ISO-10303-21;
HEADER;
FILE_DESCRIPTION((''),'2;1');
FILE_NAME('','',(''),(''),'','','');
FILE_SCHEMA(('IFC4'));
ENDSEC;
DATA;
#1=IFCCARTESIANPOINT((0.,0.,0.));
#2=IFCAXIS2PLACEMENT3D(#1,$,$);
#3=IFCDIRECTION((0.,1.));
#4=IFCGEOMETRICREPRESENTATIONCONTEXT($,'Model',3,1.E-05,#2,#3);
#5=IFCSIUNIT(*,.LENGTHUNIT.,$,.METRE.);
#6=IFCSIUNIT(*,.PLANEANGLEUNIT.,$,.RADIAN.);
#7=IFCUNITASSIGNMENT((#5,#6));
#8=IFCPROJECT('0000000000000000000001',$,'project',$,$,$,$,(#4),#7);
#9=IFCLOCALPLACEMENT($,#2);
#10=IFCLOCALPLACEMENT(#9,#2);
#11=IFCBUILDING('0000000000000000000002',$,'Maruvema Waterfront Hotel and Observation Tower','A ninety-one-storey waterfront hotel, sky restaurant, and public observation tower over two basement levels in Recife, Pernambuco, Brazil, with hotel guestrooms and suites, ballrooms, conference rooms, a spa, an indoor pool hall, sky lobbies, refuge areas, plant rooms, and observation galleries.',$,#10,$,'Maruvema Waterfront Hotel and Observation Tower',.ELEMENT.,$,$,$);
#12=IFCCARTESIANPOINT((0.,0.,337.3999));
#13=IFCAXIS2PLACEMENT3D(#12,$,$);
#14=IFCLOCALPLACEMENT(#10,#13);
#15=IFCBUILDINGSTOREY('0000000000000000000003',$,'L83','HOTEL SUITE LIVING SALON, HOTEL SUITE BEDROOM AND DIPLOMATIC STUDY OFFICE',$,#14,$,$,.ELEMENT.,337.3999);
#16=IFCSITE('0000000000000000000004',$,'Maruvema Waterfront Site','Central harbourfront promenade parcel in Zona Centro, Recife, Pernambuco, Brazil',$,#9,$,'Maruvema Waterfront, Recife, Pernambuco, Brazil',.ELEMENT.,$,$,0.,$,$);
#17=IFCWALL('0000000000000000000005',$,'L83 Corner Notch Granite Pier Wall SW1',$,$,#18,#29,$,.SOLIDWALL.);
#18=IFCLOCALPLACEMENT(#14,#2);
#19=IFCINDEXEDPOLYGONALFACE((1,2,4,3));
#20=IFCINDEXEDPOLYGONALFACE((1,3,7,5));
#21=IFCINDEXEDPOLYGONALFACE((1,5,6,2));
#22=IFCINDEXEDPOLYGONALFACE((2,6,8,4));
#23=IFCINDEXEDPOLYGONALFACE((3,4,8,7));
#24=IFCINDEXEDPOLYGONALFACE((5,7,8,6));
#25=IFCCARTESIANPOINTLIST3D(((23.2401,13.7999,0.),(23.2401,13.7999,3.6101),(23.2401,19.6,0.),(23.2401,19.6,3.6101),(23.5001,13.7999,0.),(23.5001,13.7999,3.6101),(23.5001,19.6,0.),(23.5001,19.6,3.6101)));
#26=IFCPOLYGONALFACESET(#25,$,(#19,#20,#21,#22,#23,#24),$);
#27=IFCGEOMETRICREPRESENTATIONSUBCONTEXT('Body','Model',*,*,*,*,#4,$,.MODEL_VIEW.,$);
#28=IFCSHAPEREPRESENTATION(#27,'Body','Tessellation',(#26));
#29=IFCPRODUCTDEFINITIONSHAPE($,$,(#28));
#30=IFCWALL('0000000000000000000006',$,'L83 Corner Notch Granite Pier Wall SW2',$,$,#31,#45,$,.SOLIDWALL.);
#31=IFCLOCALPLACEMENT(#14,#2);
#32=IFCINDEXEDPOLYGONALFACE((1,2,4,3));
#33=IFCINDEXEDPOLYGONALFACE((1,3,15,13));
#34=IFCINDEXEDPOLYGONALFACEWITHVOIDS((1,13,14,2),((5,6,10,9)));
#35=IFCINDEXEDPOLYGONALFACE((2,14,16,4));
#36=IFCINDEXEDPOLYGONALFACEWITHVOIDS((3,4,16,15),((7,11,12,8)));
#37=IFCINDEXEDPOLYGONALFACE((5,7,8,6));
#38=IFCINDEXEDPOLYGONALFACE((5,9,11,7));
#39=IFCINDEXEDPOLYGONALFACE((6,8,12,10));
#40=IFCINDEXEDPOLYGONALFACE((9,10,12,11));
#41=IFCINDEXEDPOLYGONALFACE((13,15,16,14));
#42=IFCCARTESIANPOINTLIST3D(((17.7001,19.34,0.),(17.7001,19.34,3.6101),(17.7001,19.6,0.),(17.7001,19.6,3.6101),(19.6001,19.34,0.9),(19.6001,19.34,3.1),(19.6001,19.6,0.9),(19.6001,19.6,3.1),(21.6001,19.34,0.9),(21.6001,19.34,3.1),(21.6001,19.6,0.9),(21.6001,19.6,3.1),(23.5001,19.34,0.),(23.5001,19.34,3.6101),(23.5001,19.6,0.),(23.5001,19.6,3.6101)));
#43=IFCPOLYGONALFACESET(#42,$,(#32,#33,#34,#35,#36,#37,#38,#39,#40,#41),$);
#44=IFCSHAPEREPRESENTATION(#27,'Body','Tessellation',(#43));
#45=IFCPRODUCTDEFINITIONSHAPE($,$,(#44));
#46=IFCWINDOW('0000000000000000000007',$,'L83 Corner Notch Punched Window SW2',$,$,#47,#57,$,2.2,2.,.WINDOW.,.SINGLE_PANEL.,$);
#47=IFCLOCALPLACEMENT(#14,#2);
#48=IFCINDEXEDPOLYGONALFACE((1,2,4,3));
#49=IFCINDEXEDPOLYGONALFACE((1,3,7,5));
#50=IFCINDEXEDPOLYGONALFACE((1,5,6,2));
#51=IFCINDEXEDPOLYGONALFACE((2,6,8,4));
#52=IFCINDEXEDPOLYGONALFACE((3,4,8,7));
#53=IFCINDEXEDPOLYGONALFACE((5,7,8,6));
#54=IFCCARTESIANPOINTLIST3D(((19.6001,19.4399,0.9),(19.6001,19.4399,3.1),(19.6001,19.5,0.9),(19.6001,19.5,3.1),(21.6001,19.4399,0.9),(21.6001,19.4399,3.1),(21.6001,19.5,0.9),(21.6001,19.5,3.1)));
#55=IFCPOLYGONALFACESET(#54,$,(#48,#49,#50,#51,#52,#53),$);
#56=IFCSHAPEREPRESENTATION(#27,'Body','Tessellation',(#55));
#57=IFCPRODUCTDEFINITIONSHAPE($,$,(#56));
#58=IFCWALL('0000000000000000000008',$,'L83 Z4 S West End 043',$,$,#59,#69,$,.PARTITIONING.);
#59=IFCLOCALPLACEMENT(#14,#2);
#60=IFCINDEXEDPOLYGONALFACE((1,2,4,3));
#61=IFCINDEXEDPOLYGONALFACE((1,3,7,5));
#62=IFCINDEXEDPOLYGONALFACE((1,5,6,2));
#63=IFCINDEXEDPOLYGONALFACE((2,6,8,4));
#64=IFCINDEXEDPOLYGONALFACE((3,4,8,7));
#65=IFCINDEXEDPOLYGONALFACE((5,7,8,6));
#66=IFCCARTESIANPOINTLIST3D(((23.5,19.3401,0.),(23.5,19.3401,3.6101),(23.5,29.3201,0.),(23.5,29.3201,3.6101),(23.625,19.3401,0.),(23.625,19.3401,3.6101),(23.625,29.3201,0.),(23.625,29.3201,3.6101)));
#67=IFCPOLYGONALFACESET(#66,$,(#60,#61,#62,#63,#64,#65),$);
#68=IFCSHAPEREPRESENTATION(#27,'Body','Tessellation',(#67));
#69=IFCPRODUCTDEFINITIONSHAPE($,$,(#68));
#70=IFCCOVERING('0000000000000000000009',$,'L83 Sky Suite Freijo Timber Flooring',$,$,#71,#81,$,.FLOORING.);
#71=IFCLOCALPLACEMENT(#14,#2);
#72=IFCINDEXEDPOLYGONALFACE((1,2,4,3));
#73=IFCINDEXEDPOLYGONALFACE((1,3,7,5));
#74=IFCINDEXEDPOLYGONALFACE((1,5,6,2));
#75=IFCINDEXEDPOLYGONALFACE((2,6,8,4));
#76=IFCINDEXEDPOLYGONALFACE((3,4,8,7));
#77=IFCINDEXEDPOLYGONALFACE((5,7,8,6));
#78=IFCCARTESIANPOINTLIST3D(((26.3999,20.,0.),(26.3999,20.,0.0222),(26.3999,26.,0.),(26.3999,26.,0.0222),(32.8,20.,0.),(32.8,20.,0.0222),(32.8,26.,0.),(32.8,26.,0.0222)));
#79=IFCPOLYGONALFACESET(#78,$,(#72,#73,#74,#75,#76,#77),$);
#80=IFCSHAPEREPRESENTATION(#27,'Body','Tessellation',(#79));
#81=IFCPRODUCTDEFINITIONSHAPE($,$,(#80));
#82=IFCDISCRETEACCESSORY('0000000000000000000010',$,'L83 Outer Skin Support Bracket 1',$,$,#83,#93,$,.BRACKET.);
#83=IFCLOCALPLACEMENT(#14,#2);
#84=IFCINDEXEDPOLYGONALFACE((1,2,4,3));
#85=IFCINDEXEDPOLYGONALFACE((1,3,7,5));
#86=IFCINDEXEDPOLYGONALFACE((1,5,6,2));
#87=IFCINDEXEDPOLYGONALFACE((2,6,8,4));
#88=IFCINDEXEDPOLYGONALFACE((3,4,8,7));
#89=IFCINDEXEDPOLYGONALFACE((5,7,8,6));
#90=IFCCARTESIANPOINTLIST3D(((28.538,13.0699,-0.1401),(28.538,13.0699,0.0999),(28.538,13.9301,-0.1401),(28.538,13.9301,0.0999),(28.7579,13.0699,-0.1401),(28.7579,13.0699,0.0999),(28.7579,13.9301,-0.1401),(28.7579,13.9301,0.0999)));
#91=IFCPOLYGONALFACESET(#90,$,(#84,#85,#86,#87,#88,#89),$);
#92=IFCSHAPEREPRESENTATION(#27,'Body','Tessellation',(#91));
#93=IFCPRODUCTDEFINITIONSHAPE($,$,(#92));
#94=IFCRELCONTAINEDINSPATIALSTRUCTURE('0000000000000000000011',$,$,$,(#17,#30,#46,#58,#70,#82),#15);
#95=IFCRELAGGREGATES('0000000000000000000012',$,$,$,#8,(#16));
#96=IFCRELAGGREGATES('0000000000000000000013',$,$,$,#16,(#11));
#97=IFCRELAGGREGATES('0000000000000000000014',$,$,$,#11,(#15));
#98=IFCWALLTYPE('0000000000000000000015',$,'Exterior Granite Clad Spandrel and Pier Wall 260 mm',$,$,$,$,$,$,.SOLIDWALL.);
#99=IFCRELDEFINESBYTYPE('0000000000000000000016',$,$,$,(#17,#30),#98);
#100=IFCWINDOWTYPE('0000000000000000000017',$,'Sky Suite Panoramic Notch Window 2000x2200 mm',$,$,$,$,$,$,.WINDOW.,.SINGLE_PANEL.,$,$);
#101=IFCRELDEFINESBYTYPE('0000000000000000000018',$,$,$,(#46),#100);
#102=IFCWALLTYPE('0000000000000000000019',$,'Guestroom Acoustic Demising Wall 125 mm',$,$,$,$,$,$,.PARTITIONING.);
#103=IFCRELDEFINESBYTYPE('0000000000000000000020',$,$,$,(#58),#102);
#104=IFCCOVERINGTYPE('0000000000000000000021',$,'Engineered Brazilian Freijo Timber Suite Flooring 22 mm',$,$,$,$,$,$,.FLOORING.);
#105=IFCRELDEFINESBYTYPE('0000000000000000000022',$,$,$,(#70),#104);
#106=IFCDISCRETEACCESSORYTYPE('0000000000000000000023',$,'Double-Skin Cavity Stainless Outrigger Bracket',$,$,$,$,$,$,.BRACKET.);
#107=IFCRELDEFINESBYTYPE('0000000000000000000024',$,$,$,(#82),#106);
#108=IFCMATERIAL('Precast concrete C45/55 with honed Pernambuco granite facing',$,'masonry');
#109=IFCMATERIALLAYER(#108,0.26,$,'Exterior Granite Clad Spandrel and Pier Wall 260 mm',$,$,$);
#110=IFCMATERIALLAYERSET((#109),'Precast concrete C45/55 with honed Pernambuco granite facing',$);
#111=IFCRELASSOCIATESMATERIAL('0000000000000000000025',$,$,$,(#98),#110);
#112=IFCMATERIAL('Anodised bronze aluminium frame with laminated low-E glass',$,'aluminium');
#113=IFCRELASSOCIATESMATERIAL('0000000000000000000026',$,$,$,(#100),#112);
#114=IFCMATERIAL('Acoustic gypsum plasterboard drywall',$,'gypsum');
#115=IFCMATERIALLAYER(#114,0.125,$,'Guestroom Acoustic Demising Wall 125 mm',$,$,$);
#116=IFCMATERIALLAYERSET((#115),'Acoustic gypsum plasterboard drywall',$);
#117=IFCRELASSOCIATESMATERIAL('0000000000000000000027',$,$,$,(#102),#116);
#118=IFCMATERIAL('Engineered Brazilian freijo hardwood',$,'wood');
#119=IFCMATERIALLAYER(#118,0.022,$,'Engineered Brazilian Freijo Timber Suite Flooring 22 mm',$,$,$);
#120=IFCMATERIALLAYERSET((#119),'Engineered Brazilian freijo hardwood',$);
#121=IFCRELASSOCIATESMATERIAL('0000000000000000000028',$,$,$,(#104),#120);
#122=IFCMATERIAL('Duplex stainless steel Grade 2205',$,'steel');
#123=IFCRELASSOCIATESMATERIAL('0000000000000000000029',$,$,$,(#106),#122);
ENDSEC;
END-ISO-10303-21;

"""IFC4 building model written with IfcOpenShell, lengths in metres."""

from ifc_helpers import new_model, si_unit, direction, frame, frame_2d, origin, origin_2d, place, context, subcontext, project, spatial, polyline, rectangle, outline, extrude, material, layer, layer_set, type_object, element, fill, save


model = new_model("IFC4")

# Units and contexts
model_context = context("Model", 3, precision=1e-05, world=origin(), true_north=direction((0.0, 1.0)))
body_context = subcontext(model_context, "Body", "Model", "MODEL_VIEW")
ifc_project = project(units=[si_unit("LENGTHUNIT", "METRE"), si_unit("PLANEANGLEUNIT", "RADIAN")], contexts=[model_context])

# Site, building, storey
site_placement = place(None, origin())
site = spatial("IfcSite", under=ifc_project, at=site_placement, Name="Maruvema Waterfront Site", Description="Central harbourfront promenade parcel in Zona Centro, Recife, Pernambuco, Brazil", LongName="Maruvema Waterfront, Recife, Pernambuco, Brazil", CompositionType="ELEMENT", RefElevation=0.0)
building_placement = place(site_placement, origin())
building = spatial("IfcBuilding", under=site, at=building_placement, Name="Maruvema Waterfront Hotel and Observation Tower", Description="A ninety-one-storey waterfront hotel, sky restaurant, and public observation tower over two basement levels in Recife, Pernambuco, Brazil, with hotel guestrooms and suites, ballrooms, conference rooms, a spa, an indoor pool hall, sky lobbies, refuge areas, plant rooms, and observation galleries.", LongName="Maruvema Waterfront Hotel and Observation Tower", CompositionType="ELEMENT")
storey_placement = place(building_placement, frame((0.0, 0.0, 337.3999)))
storey = spatial("IfcBuildingStorey", under=building, at=storey_placement, Name="L83", Description="HOTEL SUITE LIVING SALON, HOTEL SUITE BEDROOM AND DIPLOMATIC STUDY OFFICE", CompositionType="ELEMENT", Elevation=337.3999)

# Wall
ifc_material_1 = material(Name="Precast concrete C45/55 with honed Pernambuco granite facing", Category="masonry")
ifc_layer_1 = layer(ifc_material_1, 0.26, Name="Exterior Granite Clad Spandrel and Pier Wall 260 mm")
ifc_layer_set_1 = layer_set([ifc_layer_1], Name="Precast concrete C45/55 with honed Pernambuco granite facing")
wall_type_1 = type_object("IfcWallType", Name="Exterior Granite Clad Spandrel and Pier Wall 260 mm", PredefinedType="SOLIDWALL", material=ifc_layer_set_1)
wall_1_placement = place(storey_placement, frame((23.3701, 13.8, 0.0), z_axis=(0.0, 0.0, 1.0), x_axis=(0.0, 1.0, 0.0)))
element("IfcWall", 1, at=wall_1_placement, inside=storey, type_object=wall_type_1, Name="L83 Corner Notch Granite Pier Wall SW1", PredefinedType="SOLIDWALL", context=body_context, shape_type="SweptSolid", body=[
    extrude(rectangle(XDim=5.8, YDim=0.26, at=frame_2d((2.8999, 0.0))), origin(), (0.0, 0.0, 1.0), 3.6101),
])

# Wall, opening, window
wall_2_placement = place(storey_placement, frame((23.5, 19.47, 0.0), z_axis=(0.0, 0.0, 1.0), x_axis=(-1.0, 0.0, 0.0)))
wall_2 = element("IfcWall", 2, at=wall_2_placement, inside=storey, type_object=wall_type_1, Name="L83 Corner Notch Granite Pier Wall SW2", PredefinedType="SOLIDWALL", context=body_context, shape_type="SweptSolid", body=[
    extrude(rectangle(XDim=5.8, YDim=0.26, at=frame_2d((2.8999, 0.0))), origin(), (0.0, 0.0, 1.0), 3.6101),
])
opening_1_placement = place(wall_2_placement, frame((1.8999, 0.0, 0.8999)))
opening_1 = element("IfcOpeningElement", 3, at=opening_1_placement, cuts=wall_2, PredefinedType="OPENING", context=body_context, shape_type="SweptSolid", body=[
    extrude(rectangle(XDim=2.0, YDim=2.2, at=frame_2d((1.0, 1.1001))), frame((0.0, 0.1401, 0.0), z_axis=(0.0, -1.0, 0.0), x_axis=(1.0, 0.0, 0.0)), (0.0, 0.0, 1.0), 0.28),
])
ifc_material_2 = material(Name="Anodised bronze aluminium frame with laminated low-E glass", Category="aluminium")
window_type = type_object("IfcWindowType", Name="Sky Suite Panoramic Notch Window 2000x2200 mm", PartitioningType="SINGLE_PANEL", PredefinedType="WINDOW", material=ifc_material_2)
window_placement = place(opening_1_placement, origin())
window = element("IfcWindow", 4, at=window_placement, inside=storey, type_object=window_type, Name="L83 Corner Notch Punched Window SW2", OverallHeight=2.2, OverallWidth=2.0, PartitioningType="SINGLE_PANEL", PredefinedType="WINDOW", context=body_context, shape_type="SweptSolid", body=[
    extrude(rectangle(XDim=2.0, YDim=2.2, at=frame_2d((1.0, 1.1001))), frame((0.0, 0.03, 0.0), z_axis=(0.0, -1.0, 0.0), x_axis=(1.0, 0.0, 0.0)), (0.0, 0.0, 1.0), 0.0601),
])
fill(opening_1, window)

# Wall
ifc_material_3 = material(Name="Acoustic gypsum plasterboard drywall", Category="gypsum")
ifc_layer_2 = layer(ifc_material_3, 0.125, Name="Guestroom Acoustic Demising Wall 125 mm")
ifc_layer_set_2 = layer_set([ifc_layer_2], Name="Acoustic gypsum plasterboard drywall")
wall_type_2 = type_object("IfcWallType", Name="Guestroom Acoustic Demising Wall 125 mm", PredefinedType="PARTITIONING", material=ifc_layer_set_2)
wall_3_placement = place(storey_placement, frame((23.5625, 19.3401, 0.0), z_axis=(0.0, 0.0, 1.0), x_axis=(0.0, 1.0, 0.0)))
element("IfcWall", 5, at=wall_3_placement, inside=storey, type_object=wall_type_2, Name="L83 Z4 S West End 043", PredefinedType="PARTITIONING", context=body_context, shape_type="SweptSolid", body=[
    extrude(rectangle(XDim=9.98, YDim=0.125, at=frame_2d((4.99, 0.0))), origin(), (0.0, 0.0, 1.0), 3.6101),
])

# Covering
ifc_material_4 = material(Name="Engineered Brazilian freijo hardwood", Category="wood")
ifc_layer_3 = layer(ifc_material_4, 0.022, Name="Engineered Brazilian Freijo Timber Suite Flooring 22 mm")
ifc_layer_set_3 = layer_set([ifc_layer_3], Name="Engineered Brazilian freijo hardwood")
covering_type = type_object("IfcCoveringType", Name="Engineered Brazilian Freijo Timber Suite Flooring 22 mm", PredefinedType="FLOORING", material=ifc_layer_set_3)
covering_placement = place(storey_placement, origin())
element("IfcCovering", 6, at=covering_placement, inside=storey, type_object=covering_type, Name="L83 Sky Suite Freijo Timber Flooring", PredefinedType="FLOORING", context=body_context, shape_type="SweptSolid", body=[
    extrude(outline(polyline([(26.3999, 20.0), (32.8, 20.0), (32.8, 26.0), (26.3999, 26.0), (26.3999, 20.0)])), origin(), (0.0, 0.0, 1.0), 0.0222),
])

# Discrete accessory
ifc_material_5 = material(Name="Duplex stainless steel Grade 2205", Category="steel")
discrete_accessory_type = type_object("IfcDiscreteAccessoryType", Name="Double-Skin Cavity Stainless Outrigger Bracket", PredefinedType="BRACKET", material=ifc_material_5)
discrete_accessory_placement = place(storey_placement, frame((28.6479, 13.5, -0.1401), z_axis=(0.0, 0.0, 1.0), x_axis=(1.0, 0.0, 0.0)))
element("IfcDiscreteAccessory", 7, at=discrete_accessory_placement, inside=storey, type_object=discrete_accessory_type, Name="L83 Outer Skin Support Bracket 1", PredefinedType="BRACKET", context=body_context, shape_type="SweptSolid", body=[
    extrude(rectangle(XDim=0.22, YDim=0.8601, at=origin_2d()), origin(), (0.0, 0.0, 1.0), 0.24),
])

save(model, "model.ifc")
